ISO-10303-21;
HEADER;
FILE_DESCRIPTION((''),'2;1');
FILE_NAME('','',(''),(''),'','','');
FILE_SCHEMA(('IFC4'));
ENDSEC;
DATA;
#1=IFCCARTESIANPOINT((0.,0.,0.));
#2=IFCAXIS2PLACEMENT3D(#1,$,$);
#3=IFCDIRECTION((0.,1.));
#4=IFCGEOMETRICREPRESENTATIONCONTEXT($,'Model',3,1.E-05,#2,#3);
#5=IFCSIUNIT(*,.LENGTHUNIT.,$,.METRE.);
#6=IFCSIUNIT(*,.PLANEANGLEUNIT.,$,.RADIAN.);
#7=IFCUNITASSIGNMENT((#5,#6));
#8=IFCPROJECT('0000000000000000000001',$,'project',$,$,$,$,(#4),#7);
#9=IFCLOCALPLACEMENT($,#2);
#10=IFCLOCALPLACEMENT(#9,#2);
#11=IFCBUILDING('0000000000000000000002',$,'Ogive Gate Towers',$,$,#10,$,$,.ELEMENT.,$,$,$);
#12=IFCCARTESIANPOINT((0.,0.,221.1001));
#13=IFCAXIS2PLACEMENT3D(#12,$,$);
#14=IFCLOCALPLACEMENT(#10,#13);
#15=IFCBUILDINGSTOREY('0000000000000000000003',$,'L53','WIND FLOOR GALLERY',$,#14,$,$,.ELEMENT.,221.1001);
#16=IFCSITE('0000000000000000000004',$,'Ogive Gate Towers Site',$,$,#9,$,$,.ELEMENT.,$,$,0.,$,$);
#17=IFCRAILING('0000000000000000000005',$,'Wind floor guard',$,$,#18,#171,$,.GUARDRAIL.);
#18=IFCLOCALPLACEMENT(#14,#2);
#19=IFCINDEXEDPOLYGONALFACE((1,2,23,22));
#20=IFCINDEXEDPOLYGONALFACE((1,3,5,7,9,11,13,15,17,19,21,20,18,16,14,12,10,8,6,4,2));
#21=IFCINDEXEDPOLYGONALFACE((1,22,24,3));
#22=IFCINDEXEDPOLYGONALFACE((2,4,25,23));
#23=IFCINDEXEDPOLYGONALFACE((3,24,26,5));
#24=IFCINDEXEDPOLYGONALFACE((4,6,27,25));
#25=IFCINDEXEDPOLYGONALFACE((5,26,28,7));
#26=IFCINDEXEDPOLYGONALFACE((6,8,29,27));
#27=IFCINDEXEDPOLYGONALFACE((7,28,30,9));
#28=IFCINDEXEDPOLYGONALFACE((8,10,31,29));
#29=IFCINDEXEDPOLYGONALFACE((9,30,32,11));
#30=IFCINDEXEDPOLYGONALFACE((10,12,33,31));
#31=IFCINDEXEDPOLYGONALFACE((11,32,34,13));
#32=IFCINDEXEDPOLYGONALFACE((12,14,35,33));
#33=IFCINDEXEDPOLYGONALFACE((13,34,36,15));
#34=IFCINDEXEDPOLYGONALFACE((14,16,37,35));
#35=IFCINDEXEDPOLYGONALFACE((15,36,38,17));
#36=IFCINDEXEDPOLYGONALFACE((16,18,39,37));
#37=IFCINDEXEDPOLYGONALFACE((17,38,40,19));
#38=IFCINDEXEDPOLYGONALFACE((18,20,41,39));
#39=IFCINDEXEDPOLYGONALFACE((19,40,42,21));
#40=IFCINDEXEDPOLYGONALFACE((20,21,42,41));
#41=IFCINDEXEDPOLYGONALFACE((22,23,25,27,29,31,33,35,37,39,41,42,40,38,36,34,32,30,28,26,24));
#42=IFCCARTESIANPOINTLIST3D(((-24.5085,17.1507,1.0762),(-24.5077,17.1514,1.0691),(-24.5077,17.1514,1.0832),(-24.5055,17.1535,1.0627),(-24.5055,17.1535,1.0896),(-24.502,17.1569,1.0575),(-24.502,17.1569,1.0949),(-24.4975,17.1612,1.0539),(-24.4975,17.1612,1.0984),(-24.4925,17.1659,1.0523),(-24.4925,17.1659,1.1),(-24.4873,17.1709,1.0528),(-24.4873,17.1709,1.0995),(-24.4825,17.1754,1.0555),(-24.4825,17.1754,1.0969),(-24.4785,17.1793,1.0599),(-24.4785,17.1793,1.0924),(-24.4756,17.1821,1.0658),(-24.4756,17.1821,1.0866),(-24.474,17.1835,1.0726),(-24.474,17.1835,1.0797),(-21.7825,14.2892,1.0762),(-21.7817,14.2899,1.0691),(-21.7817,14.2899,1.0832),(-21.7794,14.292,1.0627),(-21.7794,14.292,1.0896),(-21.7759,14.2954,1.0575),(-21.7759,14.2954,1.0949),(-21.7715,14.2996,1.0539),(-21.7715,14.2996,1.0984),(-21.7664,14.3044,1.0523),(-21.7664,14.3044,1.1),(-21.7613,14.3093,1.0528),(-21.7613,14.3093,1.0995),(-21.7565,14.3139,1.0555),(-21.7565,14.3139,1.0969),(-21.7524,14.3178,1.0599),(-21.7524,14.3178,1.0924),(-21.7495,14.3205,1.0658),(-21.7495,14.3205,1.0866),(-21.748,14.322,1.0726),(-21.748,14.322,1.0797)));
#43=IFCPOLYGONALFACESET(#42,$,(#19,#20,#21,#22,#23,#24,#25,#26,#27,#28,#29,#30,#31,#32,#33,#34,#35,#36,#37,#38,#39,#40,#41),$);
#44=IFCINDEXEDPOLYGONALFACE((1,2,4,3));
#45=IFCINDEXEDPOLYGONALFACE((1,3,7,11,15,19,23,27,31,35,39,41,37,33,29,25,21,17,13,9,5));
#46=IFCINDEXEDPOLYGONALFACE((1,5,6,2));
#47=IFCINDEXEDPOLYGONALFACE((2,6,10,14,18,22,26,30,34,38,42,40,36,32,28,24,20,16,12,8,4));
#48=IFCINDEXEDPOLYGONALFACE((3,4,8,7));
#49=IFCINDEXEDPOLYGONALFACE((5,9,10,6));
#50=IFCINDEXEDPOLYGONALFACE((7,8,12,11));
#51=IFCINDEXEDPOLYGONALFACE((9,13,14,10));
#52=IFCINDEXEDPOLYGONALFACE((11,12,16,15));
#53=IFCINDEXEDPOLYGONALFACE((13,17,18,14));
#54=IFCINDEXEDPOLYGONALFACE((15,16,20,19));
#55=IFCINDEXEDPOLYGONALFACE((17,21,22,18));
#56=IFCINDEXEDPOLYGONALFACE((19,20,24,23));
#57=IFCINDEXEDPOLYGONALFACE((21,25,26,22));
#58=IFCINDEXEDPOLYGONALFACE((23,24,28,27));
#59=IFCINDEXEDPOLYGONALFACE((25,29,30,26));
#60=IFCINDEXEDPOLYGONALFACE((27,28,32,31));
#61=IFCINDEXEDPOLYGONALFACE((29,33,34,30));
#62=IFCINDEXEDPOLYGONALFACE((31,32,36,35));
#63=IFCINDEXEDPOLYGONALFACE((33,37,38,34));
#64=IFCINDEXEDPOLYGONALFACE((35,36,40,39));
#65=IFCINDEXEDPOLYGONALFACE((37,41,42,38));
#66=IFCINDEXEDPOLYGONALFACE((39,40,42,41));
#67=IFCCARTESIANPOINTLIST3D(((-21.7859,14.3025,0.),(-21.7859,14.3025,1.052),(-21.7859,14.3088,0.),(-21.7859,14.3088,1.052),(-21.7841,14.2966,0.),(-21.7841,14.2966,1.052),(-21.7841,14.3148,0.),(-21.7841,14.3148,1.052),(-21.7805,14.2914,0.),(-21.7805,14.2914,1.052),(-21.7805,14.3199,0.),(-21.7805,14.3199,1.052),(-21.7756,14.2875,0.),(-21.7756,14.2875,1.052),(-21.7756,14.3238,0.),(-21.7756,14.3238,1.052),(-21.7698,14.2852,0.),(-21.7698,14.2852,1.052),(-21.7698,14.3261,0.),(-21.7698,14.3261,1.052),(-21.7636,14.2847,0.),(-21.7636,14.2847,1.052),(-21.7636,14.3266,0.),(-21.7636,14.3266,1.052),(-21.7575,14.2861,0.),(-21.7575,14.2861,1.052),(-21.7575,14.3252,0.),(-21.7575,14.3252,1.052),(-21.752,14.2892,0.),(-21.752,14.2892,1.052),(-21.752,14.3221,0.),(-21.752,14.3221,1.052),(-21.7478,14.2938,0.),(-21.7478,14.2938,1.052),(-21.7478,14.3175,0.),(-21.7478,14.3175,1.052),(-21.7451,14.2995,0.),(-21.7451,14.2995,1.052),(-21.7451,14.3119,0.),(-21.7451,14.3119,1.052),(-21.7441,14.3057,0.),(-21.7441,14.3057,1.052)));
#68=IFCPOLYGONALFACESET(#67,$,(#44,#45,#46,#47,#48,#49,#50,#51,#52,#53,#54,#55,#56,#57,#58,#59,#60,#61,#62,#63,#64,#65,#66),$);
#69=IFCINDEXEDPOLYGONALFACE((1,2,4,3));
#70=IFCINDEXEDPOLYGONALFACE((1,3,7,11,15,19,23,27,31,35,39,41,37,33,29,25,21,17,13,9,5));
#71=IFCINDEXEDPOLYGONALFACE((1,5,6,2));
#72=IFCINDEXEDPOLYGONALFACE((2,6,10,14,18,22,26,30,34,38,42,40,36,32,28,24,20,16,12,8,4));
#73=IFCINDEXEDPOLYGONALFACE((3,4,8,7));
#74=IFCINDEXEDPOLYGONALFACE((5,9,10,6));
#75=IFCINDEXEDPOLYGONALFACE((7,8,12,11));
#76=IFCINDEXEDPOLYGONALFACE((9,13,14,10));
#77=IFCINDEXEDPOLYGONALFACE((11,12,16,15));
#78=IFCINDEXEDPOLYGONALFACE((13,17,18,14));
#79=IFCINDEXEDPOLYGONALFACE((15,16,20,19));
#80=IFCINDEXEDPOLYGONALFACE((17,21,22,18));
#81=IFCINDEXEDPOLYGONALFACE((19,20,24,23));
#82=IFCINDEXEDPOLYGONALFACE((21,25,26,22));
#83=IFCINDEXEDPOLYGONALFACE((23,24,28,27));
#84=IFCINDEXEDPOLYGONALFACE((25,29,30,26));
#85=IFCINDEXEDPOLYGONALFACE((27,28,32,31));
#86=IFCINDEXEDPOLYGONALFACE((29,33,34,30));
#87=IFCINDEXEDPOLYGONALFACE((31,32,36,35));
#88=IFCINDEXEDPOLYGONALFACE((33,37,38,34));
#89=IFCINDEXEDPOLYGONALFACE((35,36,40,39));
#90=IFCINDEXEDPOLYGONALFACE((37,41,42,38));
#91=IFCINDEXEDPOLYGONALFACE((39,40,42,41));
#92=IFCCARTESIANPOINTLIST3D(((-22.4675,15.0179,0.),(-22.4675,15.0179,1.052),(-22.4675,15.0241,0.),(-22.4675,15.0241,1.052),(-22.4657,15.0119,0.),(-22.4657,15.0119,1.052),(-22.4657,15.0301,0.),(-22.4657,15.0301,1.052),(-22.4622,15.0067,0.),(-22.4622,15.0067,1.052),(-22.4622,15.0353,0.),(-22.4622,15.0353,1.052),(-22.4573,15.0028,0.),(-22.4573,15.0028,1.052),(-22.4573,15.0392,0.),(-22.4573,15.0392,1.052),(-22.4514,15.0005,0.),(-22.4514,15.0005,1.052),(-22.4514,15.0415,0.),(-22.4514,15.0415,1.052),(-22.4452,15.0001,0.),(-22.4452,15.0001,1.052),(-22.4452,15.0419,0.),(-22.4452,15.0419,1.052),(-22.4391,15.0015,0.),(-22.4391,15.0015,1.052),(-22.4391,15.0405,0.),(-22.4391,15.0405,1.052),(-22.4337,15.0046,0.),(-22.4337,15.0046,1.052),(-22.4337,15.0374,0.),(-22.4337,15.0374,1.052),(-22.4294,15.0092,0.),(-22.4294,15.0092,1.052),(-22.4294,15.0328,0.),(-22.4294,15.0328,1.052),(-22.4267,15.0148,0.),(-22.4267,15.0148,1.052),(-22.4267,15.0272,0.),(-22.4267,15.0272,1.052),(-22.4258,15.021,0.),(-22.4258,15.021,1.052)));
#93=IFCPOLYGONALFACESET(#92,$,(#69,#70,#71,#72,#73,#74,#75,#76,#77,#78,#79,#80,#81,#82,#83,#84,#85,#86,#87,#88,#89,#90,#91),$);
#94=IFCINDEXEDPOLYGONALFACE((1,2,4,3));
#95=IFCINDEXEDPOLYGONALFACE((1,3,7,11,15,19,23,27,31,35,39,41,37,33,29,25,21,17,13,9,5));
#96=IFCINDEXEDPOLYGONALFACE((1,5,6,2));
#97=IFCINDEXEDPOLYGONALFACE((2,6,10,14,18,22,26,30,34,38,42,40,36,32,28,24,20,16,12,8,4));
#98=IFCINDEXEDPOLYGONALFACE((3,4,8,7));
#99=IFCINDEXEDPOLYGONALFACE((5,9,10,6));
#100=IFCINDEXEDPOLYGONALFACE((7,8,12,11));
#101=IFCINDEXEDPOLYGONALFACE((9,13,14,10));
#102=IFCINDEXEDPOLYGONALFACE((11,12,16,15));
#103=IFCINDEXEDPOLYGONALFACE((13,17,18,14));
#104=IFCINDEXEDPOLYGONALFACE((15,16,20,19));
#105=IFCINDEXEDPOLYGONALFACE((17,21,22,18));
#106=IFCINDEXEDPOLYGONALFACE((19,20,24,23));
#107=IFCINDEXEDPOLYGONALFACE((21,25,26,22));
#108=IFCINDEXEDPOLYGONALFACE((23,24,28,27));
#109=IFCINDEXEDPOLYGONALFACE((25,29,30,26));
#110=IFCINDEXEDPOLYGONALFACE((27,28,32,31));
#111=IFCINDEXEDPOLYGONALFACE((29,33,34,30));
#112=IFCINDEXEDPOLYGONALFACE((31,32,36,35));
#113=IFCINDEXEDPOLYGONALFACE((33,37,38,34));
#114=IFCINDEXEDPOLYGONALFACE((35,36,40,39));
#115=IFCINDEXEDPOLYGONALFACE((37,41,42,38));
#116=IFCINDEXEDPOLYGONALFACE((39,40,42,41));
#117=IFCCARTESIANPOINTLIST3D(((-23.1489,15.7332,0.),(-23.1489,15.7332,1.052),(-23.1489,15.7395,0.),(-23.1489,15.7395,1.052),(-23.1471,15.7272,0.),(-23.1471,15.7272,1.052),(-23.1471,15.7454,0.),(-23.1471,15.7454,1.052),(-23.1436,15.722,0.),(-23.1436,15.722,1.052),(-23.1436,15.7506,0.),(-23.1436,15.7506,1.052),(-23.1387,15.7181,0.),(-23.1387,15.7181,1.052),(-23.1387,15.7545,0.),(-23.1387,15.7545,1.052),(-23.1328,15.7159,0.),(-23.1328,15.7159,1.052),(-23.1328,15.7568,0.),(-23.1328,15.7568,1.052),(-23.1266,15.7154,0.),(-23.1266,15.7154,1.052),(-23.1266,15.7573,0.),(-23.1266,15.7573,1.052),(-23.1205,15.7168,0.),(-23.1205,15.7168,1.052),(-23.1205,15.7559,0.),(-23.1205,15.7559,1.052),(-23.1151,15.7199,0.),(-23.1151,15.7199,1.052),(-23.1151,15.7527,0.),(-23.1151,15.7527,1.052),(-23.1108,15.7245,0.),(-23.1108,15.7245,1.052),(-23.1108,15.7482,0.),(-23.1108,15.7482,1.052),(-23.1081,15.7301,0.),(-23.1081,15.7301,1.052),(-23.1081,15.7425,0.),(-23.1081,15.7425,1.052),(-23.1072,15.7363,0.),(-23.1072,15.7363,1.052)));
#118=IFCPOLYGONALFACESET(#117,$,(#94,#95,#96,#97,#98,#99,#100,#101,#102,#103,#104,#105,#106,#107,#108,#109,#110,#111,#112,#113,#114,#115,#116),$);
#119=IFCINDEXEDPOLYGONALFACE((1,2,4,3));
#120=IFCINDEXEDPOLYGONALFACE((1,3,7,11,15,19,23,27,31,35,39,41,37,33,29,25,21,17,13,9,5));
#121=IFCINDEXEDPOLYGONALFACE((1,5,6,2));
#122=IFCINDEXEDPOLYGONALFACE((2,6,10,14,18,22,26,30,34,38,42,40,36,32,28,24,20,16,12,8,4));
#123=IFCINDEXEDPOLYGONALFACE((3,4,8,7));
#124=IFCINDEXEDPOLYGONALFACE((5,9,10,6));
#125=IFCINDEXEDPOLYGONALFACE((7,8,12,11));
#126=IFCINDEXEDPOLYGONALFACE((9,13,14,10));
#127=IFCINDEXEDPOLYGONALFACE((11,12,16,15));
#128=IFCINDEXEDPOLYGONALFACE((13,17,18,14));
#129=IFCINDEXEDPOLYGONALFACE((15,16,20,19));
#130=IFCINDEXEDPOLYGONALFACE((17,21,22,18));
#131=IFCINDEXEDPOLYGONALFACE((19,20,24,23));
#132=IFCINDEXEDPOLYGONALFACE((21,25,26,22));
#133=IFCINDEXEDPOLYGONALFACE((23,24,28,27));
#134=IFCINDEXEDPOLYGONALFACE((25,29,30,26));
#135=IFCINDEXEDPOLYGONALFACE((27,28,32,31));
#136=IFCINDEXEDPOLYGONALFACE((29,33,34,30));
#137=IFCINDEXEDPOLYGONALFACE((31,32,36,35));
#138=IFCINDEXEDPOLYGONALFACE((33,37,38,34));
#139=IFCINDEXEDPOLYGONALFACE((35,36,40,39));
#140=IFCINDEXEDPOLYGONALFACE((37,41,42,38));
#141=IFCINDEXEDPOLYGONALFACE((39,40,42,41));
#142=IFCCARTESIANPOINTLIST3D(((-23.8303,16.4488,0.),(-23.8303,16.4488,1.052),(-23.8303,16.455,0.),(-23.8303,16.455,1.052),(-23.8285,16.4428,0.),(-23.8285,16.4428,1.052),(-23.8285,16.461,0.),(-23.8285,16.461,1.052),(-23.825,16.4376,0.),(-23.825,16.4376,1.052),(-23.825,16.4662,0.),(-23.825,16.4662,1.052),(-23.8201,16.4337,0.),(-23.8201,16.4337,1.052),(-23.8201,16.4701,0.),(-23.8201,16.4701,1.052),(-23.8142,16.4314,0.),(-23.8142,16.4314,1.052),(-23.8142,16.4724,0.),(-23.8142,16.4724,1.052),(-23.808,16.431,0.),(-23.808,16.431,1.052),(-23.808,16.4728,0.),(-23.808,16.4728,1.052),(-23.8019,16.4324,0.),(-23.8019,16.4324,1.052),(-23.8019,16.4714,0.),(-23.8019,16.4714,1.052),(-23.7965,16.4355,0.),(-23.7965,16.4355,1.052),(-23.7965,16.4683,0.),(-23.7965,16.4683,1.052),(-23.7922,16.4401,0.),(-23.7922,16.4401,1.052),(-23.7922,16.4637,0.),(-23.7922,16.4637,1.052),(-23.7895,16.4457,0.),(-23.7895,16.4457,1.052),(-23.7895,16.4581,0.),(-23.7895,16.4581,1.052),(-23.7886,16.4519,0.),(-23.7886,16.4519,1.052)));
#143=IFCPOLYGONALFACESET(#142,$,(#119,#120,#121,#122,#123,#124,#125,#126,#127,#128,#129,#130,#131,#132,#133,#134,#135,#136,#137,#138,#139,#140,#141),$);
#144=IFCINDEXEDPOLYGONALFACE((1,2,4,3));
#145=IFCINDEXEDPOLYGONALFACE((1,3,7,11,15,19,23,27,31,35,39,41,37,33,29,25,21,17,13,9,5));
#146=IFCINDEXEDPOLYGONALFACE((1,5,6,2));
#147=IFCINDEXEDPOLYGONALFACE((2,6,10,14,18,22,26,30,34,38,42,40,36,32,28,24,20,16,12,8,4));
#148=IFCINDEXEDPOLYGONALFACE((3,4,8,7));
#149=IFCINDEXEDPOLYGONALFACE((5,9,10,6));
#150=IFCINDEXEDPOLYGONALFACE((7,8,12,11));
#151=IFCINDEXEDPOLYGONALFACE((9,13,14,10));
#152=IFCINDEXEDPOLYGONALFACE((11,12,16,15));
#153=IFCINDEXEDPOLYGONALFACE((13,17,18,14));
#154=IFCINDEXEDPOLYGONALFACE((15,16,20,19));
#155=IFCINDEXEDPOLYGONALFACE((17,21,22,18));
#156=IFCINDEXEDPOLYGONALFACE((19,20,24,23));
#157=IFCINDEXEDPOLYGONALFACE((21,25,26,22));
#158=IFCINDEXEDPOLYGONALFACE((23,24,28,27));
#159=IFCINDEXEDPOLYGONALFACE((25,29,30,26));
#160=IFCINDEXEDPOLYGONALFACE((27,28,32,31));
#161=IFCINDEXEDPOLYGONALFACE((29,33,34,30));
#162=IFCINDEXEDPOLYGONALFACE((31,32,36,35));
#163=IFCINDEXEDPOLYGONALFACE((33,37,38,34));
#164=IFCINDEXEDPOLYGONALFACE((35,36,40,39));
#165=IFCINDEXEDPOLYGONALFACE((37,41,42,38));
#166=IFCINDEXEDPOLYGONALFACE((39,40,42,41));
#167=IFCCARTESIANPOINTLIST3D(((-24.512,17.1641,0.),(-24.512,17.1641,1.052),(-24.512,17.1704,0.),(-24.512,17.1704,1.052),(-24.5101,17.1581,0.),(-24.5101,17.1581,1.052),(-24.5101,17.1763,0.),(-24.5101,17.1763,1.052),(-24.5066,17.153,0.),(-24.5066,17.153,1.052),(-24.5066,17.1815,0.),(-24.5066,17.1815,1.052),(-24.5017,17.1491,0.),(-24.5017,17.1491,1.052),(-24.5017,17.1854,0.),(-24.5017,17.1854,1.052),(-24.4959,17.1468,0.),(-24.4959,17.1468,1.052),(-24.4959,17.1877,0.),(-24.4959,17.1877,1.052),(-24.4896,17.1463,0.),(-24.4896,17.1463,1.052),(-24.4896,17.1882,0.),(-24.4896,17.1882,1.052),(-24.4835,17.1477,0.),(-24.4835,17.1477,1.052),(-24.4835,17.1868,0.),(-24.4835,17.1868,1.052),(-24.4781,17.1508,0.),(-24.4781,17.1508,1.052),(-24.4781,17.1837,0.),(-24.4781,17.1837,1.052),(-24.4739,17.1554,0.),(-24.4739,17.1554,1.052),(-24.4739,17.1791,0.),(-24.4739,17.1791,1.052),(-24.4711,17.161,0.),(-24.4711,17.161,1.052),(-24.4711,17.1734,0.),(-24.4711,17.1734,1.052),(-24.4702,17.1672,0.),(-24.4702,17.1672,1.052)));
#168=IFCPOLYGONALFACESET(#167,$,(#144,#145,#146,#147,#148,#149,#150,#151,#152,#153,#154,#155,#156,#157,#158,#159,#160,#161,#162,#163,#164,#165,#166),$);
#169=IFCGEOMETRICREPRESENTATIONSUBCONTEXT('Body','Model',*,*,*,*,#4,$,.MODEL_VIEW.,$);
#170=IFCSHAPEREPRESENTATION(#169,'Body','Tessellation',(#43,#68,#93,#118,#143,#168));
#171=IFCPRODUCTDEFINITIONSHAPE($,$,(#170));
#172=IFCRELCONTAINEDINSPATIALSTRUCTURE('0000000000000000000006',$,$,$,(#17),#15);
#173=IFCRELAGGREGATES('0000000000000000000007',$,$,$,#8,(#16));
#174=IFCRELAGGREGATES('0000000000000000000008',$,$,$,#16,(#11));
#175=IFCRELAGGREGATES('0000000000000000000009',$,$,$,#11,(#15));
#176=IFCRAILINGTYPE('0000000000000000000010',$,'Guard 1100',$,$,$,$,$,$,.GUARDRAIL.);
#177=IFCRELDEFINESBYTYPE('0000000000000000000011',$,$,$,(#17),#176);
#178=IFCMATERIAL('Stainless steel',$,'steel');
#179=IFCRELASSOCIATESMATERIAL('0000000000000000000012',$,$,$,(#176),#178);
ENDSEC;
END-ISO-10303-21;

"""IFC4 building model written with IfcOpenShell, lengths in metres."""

from ifc_helpers import new_model, si_unit, direction, frame, origin, origin_2d, place, context, subcontext, project, spatial, circle, extrude, material, type_object, element, save


model = new_model("IFC4")

# Units and contexts
model_context = context("Model", 3, precision=1e-05, world=origin(), true_north=direction((0.0, 1.0)))
body_context = subcontext(model_context, "Body", "Model", "MODEL_VIEW")
ifc_project = project(units=[si_unit("LENGTHUNIT", "METRE"), si_unit("PLANEANGLEUNIT", "RADIAN")], contexts=[model_context])

# Site, building, storey
site_placement = place(None, origin())
site = spatial("IfcSite", under=ifc_project, at=site_placement, Name="Ogive Gate Towers Site", CompositionType="ELEMENT", RefElevation=0.0)
building_placement = place(site_placement, origin())
building = spatial("IfcBuilding", under=site, at=building_placement, Name="Ogive Gate Towers", CompositionType="ELEMENT")
storey_placement = place(building_placement, frame((0.0, 0.0, 221.1001)))
storey = spatial("IfcBuildingStorey", under=building, at=storey_placement, Name="L53", Description="WIND FLOOR GALLERY", CompositionType="ELEMENT", Elevation=221.1001)

# Railing
ifc_material_1 = material(Name="Stainless steel", Category="steel")
railing_type = type_object("IfcRailingType", Name="Guard 1100", PredefinedType="GUARDRAIL", material=ifc_material_1)
railing_1_placement = place(storey_placement, frame((-21.7651, 14.3057, 0.0)))
element("IfcRailing", 1, at=railing_1_placement, inside=storey, type_object=railing_type, Name="Wind floor guard", PredefinedType="GUARDRAIL", context=body_context, shape_type="SweptSolid", body=[
    extrude(circle(Radius=0.0239, at=origin_2d()), frame((0.0, 0.0, 1.0762), z_axis=(-0.689757, 0.724041, 0.0), x_axis=(-0.724041, -0.689757, 0.0)), (0.0, 0.0, 1.0), 3.9521),
    extrude(circle(Radius=0.021, at=origin_2d()), origin(), (0.0, 0.0, 1.0), 1.052),
    extrude(circle(Radius=0.021, at=origin_2d()), frame((-0.6816, 0.7153, 0.0)), (0.0, 0.0, 1.0), 1.052),
    extrude(circle(Radius=0.021, at=origin_2d()), frame((-1.363, 1.4307, 0.0)), (0.0, 0.0, 1.0), 1.052),
    extrude(circle(Radius=0.021, at=origin_2d()), frame((-2.0444, 2.1462, 0.0)), (0.0, 0.0, 1.0), 1.052),
    extrude(circle(Radius=0.021, at=origin_2d()), frame((-2.7261, 2.8616, 0.0)), (0.0, 0.0, 1.0), 1.052),
])

save(model, "model.ifc")
